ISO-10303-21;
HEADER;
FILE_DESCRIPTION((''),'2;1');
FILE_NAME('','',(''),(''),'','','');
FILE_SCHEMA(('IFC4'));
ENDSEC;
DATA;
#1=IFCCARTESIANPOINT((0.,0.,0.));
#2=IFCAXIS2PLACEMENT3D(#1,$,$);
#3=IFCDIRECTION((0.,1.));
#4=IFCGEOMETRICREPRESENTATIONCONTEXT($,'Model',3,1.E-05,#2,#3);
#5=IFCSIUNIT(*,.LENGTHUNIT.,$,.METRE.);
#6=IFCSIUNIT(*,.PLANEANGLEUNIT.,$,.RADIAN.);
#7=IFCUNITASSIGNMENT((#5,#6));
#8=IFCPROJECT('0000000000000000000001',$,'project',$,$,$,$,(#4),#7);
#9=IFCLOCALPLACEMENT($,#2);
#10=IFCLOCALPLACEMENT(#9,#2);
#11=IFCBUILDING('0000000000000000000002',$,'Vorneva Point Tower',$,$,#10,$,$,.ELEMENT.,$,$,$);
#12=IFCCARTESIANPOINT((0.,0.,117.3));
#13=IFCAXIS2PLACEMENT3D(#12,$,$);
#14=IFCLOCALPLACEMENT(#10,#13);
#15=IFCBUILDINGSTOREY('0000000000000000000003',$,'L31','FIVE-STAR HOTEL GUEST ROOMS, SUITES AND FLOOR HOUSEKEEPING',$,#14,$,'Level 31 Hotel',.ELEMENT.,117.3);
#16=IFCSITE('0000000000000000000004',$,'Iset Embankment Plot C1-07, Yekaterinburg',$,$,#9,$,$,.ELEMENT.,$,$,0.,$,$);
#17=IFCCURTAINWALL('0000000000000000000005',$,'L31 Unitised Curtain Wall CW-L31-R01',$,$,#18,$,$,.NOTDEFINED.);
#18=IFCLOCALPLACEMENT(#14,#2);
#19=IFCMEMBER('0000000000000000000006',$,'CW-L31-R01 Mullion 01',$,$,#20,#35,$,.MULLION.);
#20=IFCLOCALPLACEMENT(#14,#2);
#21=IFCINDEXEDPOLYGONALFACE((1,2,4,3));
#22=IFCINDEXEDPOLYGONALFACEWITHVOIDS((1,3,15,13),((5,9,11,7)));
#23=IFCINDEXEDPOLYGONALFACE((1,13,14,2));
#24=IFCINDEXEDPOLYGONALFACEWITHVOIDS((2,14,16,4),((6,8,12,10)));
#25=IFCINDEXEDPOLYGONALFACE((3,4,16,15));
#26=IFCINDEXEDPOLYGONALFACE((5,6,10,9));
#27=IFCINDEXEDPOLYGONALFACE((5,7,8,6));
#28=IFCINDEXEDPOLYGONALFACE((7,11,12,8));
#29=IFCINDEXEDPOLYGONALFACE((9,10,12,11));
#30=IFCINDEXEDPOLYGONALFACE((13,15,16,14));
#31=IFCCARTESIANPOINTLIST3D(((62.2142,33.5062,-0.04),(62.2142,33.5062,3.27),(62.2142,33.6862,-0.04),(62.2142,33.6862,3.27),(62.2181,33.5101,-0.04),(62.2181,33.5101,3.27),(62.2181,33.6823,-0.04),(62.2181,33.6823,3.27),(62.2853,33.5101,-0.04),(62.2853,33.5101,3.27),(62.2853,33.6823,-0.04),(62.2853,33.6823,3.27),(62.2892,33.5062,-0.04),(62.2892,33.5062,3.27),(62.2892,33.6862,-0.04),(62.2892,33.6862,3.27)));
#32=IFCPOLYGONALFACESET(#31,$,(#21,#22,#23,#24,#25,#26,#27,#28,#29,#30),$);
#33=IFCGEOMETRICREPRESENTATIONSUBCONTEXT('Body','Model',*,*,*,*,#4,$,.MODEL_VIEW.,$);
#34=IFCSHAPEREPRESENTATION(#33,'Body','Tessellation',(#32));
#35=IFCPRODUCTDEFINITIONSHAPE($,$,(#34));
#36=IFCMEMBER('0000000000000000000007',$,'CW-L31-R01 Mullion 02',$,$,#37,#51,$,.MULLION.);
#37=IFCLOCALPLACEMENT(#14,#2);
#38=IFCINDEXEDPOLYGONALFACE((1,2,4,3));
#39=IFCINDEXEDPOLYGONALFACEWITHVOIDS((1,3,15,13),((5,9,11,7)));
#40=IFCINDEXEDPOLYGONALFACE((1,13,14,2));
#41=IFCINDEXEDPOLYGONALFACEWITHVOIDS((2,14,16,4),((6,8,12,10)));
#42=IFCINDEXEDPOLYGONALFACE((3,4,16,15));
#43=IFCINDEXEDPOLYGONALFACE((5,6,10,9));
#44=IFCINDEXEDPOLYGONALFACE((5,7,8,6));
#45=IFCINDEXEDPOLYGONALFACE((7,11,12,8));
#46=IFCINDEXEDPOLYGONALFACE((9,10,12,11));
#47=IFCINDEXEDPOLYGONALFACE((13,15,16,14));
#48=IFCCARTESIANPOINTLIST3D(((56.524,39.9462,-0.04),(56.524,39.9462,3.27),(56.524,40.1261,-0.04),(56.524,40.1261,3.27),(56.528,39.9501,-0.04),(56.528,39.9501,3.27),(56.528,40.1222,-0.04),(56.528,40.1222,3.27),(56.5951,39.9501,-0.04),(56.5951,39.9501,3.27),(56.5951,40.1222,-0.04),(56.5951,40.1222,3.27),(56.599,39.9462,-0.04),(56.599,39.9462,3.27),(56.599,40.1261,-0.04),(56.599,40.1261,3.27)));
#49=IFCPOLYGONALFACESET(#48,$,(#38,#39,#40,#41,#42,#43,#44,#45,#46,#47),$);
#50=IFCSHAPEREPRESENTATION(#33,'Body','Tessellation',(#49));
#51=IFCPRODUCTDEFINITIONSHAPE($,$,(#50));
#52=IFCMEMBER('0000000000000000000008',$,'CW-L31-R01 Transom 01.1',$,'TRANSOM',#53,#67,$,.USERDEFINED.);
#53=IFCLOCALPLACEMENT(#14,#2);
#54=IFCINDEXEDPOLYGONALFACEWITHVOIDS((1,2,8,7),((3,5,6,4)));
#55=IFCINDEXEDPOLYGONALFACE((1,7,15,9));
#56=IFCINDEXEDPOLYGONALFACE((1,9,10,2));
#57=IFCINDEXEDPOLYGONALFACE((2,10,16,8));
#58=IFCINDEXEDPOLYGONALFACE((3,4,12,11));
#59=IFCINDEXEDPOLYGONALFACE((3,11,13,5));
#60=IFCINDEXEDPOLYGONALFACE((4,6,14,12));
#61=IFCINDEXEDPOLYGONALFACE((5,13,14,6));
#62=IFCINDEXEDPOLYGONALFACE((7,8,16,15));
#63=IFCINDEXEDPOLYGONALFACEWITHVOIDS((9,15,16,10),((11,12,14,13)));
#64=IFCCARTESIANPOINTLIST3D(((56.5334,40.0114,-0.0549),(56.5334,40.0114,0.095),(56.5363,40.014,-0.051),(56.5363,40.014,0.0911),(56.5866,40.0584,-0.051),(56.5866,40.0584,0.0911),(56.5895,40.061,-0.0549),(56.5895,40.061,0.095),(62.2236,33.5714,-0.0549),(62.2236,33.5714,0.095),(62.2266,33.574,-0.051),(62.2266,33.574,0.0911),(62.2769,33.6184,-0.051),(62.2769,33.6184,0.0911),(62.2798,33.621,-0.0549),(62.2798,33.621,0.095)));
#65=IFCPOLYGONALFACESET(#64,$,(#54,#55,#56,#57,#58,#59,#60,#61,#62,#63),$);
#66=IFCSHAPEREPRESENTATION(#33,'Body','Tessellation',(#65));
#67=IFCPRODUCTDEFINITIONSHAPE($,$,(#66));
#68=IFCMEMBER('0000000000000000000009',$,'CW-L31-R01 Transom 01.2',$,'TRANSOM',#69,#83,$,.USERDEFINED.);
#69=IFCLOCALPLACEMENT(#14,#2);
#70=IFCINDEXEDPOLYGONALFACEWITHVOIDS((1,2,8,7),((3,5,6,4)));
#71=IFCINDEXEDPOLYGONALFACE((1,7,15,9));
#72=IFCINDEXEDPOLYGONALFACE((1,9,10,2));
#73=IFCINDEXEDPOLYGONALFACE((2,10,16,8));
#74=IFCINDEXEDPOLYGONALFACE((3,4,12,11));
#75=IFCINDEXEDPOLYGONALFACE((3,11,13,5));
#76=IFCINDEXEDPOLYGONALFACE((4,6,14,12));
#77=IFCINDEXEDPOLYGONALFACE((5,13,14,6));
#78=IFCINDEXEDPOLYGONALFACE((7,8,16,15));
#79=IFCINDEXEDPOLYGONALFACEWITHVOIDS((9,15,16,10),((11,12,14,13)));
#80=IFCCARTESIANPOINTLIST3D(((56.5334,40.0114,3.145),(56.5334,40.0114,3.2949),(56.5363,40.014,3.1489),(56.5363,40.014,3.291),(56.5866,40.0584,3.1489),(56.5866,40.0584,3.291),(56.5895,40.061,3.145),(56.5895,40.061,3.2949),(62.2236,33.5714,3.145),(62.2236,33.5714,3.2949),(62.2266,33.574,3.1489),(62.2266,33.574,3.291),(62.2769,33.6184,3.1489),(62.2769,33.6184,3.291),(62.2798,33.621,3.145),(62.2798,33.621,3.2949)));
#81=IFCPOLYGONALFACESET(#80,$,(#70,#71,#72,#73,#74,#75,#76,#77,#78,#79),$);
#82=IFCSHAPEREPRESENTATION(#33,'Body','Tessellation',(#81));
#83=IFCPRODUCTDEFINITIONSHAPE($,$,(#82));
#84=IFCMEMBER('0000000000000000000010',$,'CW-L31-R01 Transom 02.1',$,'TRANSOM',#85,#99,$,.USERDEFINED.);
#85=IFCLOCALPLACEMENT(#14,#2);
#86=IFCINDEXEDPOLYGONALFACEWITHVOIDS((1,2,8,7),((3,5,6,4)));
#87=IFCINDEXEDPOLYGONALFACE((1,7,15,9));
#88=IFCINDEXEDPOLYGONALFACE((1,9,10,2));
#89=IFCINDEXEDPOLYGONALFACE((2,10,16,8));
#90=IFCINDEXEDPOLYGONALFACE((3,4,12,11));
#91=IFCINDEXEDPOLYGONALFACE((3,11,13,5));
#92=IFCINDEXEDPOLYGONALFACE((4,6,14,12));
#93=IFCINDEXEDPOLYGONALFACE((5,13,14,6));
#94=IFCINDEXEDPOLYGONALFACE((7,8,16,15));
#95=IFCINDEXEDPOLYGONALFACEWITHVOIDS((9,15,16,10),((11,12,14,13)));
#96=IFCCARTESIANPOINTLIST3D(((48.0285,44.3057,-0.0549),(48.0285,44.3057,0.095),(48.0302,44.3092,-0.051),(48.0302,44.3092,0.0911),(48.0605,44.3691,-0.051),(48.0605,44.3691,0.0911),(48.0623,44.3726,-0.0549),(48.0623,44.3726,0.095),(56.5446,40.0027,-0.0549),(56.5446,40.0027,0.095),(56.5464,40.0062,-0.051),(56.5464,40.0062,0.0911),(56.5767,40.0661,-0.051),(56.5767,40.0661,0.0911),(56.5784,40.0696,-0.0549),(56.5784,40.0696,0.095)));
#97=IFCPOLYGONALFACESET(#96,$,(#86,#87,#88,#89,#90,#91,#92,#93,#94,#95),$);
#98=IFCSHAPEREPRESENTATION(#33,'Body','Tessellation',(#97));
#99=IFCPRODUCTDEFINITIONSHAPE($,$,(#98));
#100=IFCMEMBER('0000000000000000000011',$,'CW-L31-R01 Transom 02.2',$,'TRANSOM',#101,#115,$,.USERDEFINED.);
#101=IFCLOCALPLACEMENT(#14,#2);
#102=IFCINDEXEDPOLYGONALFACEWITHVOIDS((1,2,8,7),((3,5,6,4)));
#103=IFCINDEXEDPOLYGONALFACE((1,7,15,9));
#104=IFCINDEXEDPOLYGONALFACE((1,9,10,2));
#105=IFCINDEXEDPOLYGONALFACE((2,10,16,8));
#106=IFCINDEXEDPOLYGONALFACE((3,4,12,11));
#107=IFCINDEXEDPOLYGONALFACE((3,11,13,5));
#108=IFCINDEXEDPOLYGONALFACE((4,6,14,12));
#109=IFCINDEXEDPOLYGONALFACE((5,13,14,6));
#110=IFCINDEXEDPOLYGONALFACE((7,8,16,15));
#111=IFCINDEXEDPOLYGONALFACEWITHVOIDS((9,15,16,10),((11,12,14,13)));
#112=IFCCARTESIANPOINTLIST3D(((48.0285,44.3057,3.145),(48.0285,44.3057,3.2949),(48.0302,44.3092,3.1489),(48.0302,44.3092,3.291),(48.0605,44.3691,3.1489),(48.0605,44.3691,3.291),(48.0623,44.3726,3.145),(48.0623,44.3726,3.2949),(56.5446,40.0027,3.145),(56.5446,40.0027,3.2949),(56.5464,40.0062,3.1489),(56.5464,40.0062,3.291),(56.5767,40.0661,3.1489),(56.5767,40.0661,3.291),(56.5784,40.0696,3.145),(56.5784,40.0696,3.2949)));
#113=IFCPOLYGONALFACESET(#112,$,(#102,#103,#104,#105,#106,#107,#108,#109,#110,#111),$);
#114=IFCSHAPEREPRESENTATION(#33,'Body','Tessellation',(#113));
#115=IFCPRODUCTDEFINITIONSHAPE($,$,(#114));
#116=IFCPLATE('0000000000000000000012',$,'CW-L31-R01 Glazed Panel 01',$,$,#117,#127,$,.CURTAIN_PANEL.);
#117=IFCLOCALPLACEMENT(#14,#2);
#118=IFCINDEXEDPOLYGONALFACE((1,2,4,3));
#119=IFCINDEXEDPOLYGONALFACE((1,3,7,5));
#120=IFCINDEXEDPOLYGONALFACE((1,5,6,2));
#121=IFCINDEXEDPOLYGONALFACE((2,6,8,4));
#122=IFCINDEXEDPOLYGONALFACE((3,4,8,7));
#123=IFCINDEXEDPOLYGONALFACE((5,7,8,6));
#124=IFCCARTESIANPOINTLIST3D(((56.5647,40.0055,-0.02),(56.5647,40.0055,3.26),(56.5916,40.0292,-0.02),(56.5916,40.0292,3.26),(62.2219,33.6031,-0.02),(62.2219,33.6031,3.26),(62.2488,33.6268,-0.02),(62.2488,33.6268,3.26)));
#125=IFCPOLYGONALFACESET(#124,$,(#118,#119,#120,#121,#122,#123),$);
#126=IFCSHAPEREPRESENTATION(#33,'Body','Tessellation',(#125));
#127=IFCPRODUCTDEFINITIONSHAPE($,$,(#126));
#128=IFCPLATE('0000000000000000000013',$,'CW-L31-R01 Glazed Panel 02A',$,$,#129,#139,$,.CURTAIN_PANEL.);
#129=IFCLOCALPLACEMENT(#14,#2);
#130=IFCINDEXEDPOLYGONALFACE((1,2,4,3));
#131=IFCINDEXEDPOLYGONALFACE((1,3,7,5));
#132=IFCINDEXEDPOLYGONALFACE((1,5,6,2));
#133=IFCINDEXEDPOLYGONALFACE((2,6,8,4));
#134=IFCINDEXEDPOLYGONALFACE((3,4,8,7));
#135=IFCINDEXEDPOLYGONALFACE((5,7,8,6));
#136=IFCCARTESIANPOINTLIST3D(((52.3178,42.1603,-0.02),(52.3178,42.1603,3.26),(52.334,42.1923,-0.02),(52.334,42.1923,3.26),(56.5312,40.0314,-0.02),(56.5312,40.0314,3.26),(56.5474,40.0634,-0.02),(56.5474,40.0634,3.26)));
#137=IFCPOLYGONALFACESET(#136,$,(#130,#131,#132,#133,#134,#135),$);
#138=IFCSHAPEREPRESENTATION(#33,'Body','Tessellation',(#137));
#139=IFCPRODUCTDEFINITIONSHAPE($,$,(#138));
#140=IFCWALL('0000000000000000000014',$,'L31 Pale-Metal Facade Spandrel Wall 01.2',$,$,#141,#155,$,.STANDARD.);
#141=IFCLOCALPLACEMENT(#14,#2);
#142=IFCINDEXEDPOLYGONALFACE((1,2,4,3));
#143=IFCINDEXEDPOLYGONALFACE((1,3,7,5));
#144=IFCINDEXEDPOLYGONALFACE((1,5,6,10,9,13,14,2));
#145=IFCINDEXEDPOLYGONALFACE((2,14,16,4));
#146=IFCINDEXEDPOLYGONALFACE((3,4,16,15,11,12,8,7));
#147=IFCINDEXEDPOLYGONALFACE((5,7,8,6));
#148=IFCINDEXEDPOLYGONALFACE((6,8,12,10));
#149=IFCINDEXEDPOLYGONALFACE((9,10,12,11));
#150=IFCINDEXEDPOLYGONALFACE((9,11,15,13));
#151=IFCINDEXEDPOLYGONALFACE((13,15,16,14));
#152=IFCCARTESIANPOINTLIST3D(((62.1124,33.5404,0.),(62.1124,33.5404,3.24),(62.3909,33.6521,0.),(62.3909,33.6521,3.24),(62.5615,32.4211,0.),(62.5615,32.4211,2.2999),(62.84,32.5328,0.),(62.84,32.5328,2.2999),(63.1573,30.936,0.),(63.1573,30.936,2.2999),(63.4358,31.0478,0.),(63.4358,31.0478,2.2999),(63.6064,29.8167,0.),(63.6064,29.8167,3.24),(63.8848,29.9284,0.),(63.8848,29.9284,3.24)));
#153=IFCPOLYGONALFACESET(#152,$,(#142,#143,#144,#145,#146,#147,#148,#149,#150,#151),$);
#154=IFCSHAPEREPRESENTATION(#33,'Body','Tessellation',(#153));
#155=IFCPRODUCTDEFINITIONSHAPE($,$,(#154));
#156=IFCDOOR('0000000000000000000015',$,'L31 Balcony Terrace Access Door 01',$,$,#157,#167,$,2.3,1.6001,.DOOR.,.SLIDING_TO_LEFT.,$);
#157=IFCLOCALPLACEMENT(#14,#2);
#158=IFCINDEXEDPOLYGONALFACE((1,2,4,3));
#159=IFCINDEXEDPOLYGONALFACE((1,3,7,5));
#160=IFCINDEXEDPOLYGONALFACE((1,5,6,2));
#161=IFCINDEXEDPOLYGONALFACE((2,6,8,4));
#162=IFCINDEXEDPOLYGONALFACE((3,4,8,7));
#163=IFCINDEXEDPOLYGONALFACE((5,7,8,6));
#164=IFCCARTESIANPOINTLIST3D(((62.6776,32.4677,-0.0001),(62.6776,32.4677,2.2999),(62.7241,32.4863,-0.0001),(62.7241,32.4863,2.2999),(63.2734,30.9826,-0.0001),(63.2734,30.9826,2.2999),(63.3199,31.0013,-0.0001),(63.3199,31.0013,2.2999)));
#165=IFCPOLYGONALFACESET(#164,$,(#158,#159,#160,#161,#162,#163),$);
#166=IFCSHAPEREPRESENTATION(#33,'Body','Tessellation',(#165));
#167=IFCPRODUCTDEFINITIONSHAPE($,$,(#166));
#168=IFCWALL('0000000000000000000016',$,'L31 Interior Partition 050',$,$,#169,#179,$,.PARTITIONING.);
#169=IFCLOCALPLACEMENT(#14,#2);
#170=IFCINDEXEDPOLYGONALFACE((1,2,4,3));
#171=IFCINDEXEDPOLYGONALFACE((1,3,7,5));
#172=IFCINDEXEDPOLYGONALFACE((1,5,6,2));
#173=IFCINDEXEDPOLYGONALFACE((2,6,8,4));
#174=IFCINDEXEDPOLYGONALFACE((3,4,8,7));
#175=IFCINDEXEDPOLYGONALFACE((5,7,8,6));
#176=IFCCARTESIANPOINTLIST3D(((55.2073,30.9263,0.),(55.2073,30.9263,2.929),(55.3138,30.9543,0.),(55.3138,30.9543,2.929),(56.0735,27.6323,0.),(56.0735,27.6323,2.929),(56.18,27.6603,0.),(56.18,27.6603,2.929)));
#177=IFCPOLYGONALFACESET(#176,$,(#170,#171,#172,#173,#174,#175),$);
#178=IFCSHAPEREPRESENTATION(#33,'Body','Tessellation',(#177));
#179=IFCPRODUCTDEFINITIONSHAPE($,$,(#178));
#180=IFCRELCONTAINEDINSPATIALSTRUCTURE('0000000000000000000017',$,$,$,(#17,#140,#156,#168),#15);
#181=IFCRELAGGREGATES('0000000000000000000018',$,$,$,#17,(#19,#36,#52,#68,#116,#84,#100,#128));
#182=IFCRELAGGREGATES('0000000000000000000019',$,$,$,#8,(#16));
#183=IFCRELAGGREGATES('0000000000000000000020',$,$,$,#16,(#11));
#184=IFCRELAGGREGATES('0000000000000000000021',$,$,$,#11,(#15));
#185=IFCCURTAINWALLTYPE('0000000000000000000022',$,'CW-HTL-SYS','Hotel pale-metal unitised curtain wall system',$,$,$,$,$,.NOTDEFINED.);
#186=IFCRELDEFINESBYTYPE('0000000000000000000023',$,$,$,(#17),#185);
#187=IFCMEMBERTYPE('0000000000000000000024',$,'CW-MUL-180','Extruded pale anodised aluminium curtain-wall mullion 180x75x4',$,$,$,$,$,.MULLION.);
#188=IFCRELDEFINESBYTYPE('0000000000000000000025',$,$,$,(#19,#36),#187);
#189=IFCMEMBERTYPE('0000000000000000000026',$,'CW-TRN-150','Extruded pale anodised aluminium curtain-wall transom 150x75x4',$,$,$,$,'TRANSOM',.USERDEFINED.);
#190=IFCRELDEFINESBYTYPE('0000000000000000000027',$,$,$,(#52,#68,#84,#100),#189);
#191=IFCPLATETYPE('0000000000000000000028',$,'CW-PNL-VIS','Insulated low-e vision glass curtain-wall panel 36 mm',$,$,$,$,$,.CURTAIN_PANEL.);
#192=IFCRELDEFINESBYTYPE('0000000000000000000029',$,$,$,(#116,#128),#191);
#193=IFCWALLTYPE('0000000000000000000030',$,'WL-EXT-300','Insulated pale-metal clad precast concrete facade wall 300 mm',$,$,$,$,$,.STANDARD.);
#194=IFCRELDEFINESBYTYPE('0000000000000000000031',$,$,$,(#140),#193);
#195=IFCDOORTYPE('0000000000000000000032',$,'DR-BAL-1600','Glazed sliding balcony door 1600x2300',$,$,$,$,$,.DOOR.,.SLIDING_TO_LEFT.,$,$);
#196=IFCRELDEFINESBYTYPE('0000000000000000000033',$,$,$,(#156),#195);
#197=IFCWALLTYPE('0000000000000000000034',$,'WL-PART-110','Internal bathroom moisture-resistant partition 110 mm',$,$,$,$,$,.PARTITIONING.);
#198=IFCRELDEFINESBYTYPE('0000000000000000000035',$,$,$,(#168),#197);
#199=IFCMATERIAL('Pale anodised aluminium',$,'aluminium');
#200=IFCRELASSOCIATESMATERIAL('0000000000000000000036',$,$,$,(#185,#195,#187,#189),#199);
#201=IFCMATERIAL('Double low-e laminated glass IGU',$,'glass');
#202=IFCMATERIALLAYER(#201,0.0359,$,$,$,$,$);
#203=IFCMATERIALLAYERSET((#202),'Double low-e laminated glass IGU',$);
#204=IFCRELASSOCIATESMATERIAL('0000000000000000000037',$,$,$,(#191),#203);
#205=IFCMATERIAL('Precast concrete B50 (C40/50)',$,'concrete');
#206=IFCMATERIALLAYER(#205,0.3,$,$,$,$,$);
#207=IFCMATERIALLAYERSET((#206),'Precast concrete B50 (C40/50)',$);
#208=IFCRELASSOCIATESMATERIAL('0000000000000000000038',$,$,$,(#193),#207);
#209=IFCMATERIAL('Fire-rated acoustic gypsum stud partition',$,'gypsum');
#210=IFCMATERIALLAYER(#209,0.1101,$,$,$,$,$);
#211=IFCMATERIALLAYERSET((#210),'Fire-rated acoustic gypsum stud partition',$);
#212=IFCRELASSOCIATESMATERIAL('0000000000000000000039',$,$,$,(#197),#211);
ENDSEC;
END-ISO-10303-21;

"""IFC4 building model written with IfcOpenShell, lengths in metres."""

from ifc_helpers import new_model, si_unit, direction, frame, frame_2d, origin, origin_2d, place, context, subcontext, project, spatial, rectangle, hollow_rectangle, extrude, material, layer, layer_set, material_profile, profile_set, type_object, element, fill, aggregate, save


model = new_model("IFC4")

# Units and contexts
model_context = context("Model", 3, precision=1e-05, world=origin(), true_north=direction((0.0, 1.0)))
body_context = subcontext(model_context, "Body", "Model", "MODEL_VIEW")
ifc_project = project(units=[si_unit("LENGTHUNIT", "METRE"), si_unit("PLANEANGLEUNIT", "RADIAN")], contexts=[model_context])

# Site, building, storey
site_placement = place(None, origin())
site = spatial("IfcSite", under=ifc_project, at=site_placement, Name="Iset Embankment Plot C1-07, Yekaterinburg", CompositionType="ELEMENT", RefElevation=0.0)
building_placement = place(site_placement, origin())
building = spatial("IfcBuilding", under=site, at=building_placement, Name="Vorneva Point Tower", CompositionType="ELEMENT")
storey_placement = place(building_placement, frame((0.0, 0.0, 117.3)))
storey = spatial("IfcBuildingStorey", under=building, at=storey_placement, Name="L31", Description="FIVE-STAR HOTEL GUEST ROOMS, SUITES AND FLOOR HOUSEKEEPING", LongName="Level 31 Hotel", CompositionType="ELEMENT", Elevation=117.3)

# Curtain wall, members, plates
ifc_material_1 = material(Name="Pale anodised aluminium", Category="aluminium")
curtain_wall_type = type_object("IfcCurtainWallType", Name="CW-HTL-SYS", Description="Hotel pale-metal unitised curtain wall system", PredefinedType="NOTDEFINED", material=ifc_material_1)
curtain_wall_placement = place(storey_placement, origin())
curtain_wall = element("IfcCurtainWall", 1, at=curtain_wall_placement, inside=storey, type_object=curtain_wall_type, Name="L31 Unitised Curtain Wall CW-L31-R01", PredefinedType="NOTDEFINED")
ifc_material_profile_1 = material_profile(ifc_material_1, hollow_rectangle(XDim=0.075, YDim=0.1799, WallThickness=0.0039, at=origin_2d()), Name="AL-MUL 180x75x4")
ifc_profile_set_1 = profile_set([ifc_material_profile_1], Name="Pale anodised aluminium")
member_type_1 = type_object("IfcMemberType", Name="CW-MUL-180", Description="Extruded pale anodised aluminium curtain-wall mullion 180x75x4", PredefinedType="MULLION", material=ifc_profile_set_1)
member_1_placement = place(storey_placement, frame((62.2517, 33.5962, -0.04), z_axis=(0.0, 0.0, 1.0), x_axis=(1.0, 0.0, 0.0)))
member_1 = element("IfcMember", 2, at=member_1_placement, type_object=member_type_1, Name="CW-L31-R01 Mullion 01", PredefinedType="MULLION", context=body_context, shape_type="SweptSolid", body=[
    extrude(hollow_rectangle(XDim=0.075, YDim=0.1799, WallThickness=0.0039, at=origin_2d()), origin(), (0.0, 0.0, 1.0), 3.3101),
])
member_2_placement = place(storey_placement, frame((56.5615, 40.0361, -0.04), z_axis=(0.0, 0.0, 1.0), x_axis=(1.0, 0.0, 0.0)))
member_2 = element("IfcMember", 3, at=member_2_placement, type_object=member_type_1, Name="CW-L31-R01 Mullion 02", PredefinedType="MULLION", context=body_context, shape_type="SweptSolid", body=[
    extrude(hollow_rectangle(XDim=0.075, YDim=0.1799, WallThickness=0.0039, at=origin_2d()), origin(), (0.0, 0.0, 1.0), 3.3101),
])
ifc_material_profile_2 = material_profile(ifc_material_1, hollow_rectangle(XDim=0.075, YDim=0.1499, WallThickness=0.0039, at=origin_2d()), Name="AL-TRN 150x75x4")
ifc_profile_set_2 = profile_set([ifc_material_profile_2], Name="Pale anodised aluminium")
member_type_2 = type_object("IfcMemberType", Name="CW-TRN-150", Description="Extruded pale anodised aluminium curtain-wall transom 150x75x4", ElementType="TRANSOM", PredefinedType="USERDEFINED", material=ifc_profile_set_2)
member_3_placement = place(storey_placement, frame((62.2517, 33.5962, 0.02), z_axis=(-0.662137, 0.749383, 0.0), x_axis=(-0.749383, -0.662137, 0.0)))
member_3 = element("IfcMember", 4, at=member_3_placement, type_object=member_type_2, Name="CW-L31-R01 Transom 01.1", ObjectType="TRANSOM", PredefinedType="USERDEFINED", context=body_context, shape_type="SweptSolid", body=[
    extrude(hollow_rectangle(XDim=0.075, YDim=0.1499, WallThickness=0.0039, at=origin_2d()), origin(), (0.0, 0.0, 1.0), 8.5938),
])
member_4_placement = place(storey_placement, frame((62.2517, 33.5962, 3.22), z_axis=(-0.662137, 0.749383, 0.0), x_axis=(-0.749383, -0.662137, 0.0)))
member_4 = element("IfcMember", 5, at=member_4_placement, type_object=member_type_2, Name="CW-L31-R01 Transom 01.2", ObjectType="TRANSOM", PredefinedType="USERDEFINED", context=body_context, shape_type="SweptSolid", body=[
    extrude(hollow_rectangle(XDim=0.075, YDim=0.1499, WallThickness=0.0039, at=origin_2d()), origin(), (0.0, 0.0, 1.0), 8.5938),
])
member_5_placement = place(storey_placement, frame((56.5615, 40.0361, 0.02), z_axis=(-0.892536, 0.450976, 0.0), x_axis=(-0.450976, -0.892536, 0.0)))
member_5 = element("IfcMember", 6, at=member_5_placement, type_object=member_type_2, Name="CW-L31-R01 Transom 02.1", ObjectType="TRANSOM", PredefinedType="USERDEFINED", context=body_context, shape_type="SweptSolid", body=[
    extrude(hollow_rectangle(XDim=0.075, YDim=0.1499, WallThickness=0.0039, at=origin_2d()), origin(), (0.0, 0.0, 1.0), 9.5415),
])
member_6_placement = place(storey_placement, frame((56.5615, 40.0361, 3.22), z_axis=(-0.892536, 0.450976, 0.0), x_axis=(-0.450976, -0.892536, 0.0)))
member_6 = element("IfcMember", 7, at=member_6_placement, type_object=member_type_2, Name="CW-L31-R01 Transom 02.2", ObjectType="TRANSOM", PredefinedType="USERDEFINED", context=body_context, shape_type="SweptSolid", body=[
    extrude(hollow_rectangle(XDim=0.075, YDim=0.1499, WallThickness=0.0039, at=origin_2d()), origin(), (0.0, 0.0, 1.0), 9.5415),
])
ifc_material_2 = material(Name="Double low-e laminated glass IGU", Category="glass")
ifc_layer_1 = layer(ifc_material_2, 0.0359)
ifc_layer_set_1 = layer_set([ifc_layer_1], Name="Double low-e laminated glass IGU")
plate_type = type_object("IfcPlateType", Name="CW-PNL-VIS", Description="Insulated low-e vision glass curtain-wall panel 36 mm", PredefinedType="CURTAIN_PANEL", material=ifc_layer_set_1)
plate_1_placement = place(storey_placement, frame((59.4067, 36.8162, -0.02), z_axis=(0.0, 0.0, 1.0), x_axis=(-0.662149, 0.749372, 0.0)))
plate_1 = element("IfcPlate", 8, at=plate_1_placement, type_object=plate_type, Name="CW-L31-R01 Glazed Panel 01", PredefinedType="CURTAIN_PANEL", context=body_context, shape_type="SweptSolid", body=[
    extrude(rectangle(XDim=8.5437, YDim=0.0359, at=origin_2d()), origin(), (0.0, 0.0, 1.0), 3.28),
])
plate_2_placement = place(storey_placement, frame((54.4326, 41.1118, -0.02), z_axis=(0.0, 0.0, 1.0), x_axis=(-0.892539, 0.450971, 0.0)))
plate_2 = element("IfcPlate", 9, at=plate_2_placement, type_object=plate_type, Name="CW-L31-R01 Glazed Panel 02A", PredefinedType="CURTAIN_PANEL", context=body_context, shape_type="SweptSolid", body=[
    extrude(rectangle(XDim=4.7207, YDim=0.0359, at=origin_2d()), origin(), (0.0, 0.0, 1.0), 3.28),
])
aggregate(curtain_wall, [member_1, member_2, member_3, member_4, plate_1, member_5, member_6, plate_2])

# Wall, opening, door
ifc_material_3 = material(Name="Precast concrete B50 (C40/50)", Category="concrete")
ifc_layer_2 = layer(ifc_material_3, 0.3)
ifc_layer_set_2 = layer_set([ifc_layer_2], Name="Precast concrete B50 (C40/50)")
wall_type_1 = type_object("IfcWallType", Name="WL-EXT-300", Description="Insulated pale-metal clad precast concrete facade wall 300 mm", PredefinedType="STANDARD", material=ifc_layer_set_2)
wall_1_placement = place(storey_placement, frame((63.7456, 29.8726, 0.0), z_axis=(0.0, 0.0, 1.0), x_axis=(-0.372345, 0.928094, 0.0)))
wall_1 = element("IfcWall", 10, at=wall_1_placement, inside=storey, type_object=wall_type_1, Name="L31 Pale-Metal Facade Spandrel Wall 01.2", PredefinedType="STANDARD", context=body_context, shape_type="SweptSolid", body=[
    extrude(rectangle(XDim=4.0122, YDim=0.3, at=frame_2d((2.0061, 0.0))), origin(), (0.0, 0.0, 1.0), 3.24),
])
opening_1_placement = place(wall_1_placement, frame((1.2061, 0.0, 0.0)))
opening_1 = element("IfcOpeningElement", 11, at=opening_1_placement, cuts=wall_1, PredefinedType="OPENING", context=body_context, shape_type="SweptSolid", body=[
    extrude(rectangle(XDim=1.6001, YDim=2.3, at=frame_2d((0.8, 1.1499))), frame((0.0, 0.165, 0.0), z_axis=(0.0, -1.0, 0.0), x_axis=(1.0, 0.0, 0.0)), (0.0, 0.0, 1.0), 0.3298),
])
door_type_1 = type_object("IfcDoorType", Name="DR-BAL-1600", Description="Glazed sliding balcony door 1600x2300", OperationType="SLIDING_TO_LEFT", PredefinedType="DOOR", material=ifc_material_1)
door_1_placement = place(opening_1_placement, origin())
door_1 = element("IfcDoor", 12, at=door_1_placement, inside=storey, type_object=door_type_1, Name="L31 Balcony Terrace Access Door 01", OperationType="SLIDING_TO_LEFT", OverallHeight=2.3, OverallWidth=1.6001, PredefinedType="DOOR", context=body_context, shape_type="SweptSolid", body=[
    extrude(rectangle(XDim=1.6001, YDim=2.3, at=frame_2d((0.8, 1.1499))), frame((0.0, 0.0249, 0.0), z_axis=(0.0, -1.0, 0.0), x_axis=(1.0, 0.0, 0.0)), (0.0, 0.0, 1.0), 0.05),
])
fill(opening_1, door_1)

# Wall
ifc_material_4 = material(Name="Fire-rated acoustic gypsum stud partition", Category="gypsum")
ifc_layer_3 = layer(ifc_material_4, 0.1101)
ifc_layer_set_3 = layer_set([ifc_layer_3], Name="Fire-rated acoustic gypsum stud partition")
wall_type_2 = type_object("IfcWallType", Name="WL-PART-110", Description="Internal bathroom moisture-resistant partition 110 mm", PredefinedType="PARTITIONING", material=ifc_layer_set_3)
wall_2_placement = place(storey_placement, frame((55.2605, 30.9404, 0.0), z_axis=(0.0, 0.0, 1.0), x_axis=(0.254324, -0.967119, 0.0)))
element("IfcWall", 13, at=wall_2_placement, inside=storey, type_object=wall_type_2, Name="L31 Interior Partition 050", PredefinedType="PARTITIONING", context=body_context, shape_type="SweptSolid", body=[
    extrude(rectangle(XDim=3.406, YDim=0.1101, at=frame_2d((1.7031, 0.0))), origin(), (0.0, 0.0, 1.0), 2.929),
])

save(model, "model.ifc")
